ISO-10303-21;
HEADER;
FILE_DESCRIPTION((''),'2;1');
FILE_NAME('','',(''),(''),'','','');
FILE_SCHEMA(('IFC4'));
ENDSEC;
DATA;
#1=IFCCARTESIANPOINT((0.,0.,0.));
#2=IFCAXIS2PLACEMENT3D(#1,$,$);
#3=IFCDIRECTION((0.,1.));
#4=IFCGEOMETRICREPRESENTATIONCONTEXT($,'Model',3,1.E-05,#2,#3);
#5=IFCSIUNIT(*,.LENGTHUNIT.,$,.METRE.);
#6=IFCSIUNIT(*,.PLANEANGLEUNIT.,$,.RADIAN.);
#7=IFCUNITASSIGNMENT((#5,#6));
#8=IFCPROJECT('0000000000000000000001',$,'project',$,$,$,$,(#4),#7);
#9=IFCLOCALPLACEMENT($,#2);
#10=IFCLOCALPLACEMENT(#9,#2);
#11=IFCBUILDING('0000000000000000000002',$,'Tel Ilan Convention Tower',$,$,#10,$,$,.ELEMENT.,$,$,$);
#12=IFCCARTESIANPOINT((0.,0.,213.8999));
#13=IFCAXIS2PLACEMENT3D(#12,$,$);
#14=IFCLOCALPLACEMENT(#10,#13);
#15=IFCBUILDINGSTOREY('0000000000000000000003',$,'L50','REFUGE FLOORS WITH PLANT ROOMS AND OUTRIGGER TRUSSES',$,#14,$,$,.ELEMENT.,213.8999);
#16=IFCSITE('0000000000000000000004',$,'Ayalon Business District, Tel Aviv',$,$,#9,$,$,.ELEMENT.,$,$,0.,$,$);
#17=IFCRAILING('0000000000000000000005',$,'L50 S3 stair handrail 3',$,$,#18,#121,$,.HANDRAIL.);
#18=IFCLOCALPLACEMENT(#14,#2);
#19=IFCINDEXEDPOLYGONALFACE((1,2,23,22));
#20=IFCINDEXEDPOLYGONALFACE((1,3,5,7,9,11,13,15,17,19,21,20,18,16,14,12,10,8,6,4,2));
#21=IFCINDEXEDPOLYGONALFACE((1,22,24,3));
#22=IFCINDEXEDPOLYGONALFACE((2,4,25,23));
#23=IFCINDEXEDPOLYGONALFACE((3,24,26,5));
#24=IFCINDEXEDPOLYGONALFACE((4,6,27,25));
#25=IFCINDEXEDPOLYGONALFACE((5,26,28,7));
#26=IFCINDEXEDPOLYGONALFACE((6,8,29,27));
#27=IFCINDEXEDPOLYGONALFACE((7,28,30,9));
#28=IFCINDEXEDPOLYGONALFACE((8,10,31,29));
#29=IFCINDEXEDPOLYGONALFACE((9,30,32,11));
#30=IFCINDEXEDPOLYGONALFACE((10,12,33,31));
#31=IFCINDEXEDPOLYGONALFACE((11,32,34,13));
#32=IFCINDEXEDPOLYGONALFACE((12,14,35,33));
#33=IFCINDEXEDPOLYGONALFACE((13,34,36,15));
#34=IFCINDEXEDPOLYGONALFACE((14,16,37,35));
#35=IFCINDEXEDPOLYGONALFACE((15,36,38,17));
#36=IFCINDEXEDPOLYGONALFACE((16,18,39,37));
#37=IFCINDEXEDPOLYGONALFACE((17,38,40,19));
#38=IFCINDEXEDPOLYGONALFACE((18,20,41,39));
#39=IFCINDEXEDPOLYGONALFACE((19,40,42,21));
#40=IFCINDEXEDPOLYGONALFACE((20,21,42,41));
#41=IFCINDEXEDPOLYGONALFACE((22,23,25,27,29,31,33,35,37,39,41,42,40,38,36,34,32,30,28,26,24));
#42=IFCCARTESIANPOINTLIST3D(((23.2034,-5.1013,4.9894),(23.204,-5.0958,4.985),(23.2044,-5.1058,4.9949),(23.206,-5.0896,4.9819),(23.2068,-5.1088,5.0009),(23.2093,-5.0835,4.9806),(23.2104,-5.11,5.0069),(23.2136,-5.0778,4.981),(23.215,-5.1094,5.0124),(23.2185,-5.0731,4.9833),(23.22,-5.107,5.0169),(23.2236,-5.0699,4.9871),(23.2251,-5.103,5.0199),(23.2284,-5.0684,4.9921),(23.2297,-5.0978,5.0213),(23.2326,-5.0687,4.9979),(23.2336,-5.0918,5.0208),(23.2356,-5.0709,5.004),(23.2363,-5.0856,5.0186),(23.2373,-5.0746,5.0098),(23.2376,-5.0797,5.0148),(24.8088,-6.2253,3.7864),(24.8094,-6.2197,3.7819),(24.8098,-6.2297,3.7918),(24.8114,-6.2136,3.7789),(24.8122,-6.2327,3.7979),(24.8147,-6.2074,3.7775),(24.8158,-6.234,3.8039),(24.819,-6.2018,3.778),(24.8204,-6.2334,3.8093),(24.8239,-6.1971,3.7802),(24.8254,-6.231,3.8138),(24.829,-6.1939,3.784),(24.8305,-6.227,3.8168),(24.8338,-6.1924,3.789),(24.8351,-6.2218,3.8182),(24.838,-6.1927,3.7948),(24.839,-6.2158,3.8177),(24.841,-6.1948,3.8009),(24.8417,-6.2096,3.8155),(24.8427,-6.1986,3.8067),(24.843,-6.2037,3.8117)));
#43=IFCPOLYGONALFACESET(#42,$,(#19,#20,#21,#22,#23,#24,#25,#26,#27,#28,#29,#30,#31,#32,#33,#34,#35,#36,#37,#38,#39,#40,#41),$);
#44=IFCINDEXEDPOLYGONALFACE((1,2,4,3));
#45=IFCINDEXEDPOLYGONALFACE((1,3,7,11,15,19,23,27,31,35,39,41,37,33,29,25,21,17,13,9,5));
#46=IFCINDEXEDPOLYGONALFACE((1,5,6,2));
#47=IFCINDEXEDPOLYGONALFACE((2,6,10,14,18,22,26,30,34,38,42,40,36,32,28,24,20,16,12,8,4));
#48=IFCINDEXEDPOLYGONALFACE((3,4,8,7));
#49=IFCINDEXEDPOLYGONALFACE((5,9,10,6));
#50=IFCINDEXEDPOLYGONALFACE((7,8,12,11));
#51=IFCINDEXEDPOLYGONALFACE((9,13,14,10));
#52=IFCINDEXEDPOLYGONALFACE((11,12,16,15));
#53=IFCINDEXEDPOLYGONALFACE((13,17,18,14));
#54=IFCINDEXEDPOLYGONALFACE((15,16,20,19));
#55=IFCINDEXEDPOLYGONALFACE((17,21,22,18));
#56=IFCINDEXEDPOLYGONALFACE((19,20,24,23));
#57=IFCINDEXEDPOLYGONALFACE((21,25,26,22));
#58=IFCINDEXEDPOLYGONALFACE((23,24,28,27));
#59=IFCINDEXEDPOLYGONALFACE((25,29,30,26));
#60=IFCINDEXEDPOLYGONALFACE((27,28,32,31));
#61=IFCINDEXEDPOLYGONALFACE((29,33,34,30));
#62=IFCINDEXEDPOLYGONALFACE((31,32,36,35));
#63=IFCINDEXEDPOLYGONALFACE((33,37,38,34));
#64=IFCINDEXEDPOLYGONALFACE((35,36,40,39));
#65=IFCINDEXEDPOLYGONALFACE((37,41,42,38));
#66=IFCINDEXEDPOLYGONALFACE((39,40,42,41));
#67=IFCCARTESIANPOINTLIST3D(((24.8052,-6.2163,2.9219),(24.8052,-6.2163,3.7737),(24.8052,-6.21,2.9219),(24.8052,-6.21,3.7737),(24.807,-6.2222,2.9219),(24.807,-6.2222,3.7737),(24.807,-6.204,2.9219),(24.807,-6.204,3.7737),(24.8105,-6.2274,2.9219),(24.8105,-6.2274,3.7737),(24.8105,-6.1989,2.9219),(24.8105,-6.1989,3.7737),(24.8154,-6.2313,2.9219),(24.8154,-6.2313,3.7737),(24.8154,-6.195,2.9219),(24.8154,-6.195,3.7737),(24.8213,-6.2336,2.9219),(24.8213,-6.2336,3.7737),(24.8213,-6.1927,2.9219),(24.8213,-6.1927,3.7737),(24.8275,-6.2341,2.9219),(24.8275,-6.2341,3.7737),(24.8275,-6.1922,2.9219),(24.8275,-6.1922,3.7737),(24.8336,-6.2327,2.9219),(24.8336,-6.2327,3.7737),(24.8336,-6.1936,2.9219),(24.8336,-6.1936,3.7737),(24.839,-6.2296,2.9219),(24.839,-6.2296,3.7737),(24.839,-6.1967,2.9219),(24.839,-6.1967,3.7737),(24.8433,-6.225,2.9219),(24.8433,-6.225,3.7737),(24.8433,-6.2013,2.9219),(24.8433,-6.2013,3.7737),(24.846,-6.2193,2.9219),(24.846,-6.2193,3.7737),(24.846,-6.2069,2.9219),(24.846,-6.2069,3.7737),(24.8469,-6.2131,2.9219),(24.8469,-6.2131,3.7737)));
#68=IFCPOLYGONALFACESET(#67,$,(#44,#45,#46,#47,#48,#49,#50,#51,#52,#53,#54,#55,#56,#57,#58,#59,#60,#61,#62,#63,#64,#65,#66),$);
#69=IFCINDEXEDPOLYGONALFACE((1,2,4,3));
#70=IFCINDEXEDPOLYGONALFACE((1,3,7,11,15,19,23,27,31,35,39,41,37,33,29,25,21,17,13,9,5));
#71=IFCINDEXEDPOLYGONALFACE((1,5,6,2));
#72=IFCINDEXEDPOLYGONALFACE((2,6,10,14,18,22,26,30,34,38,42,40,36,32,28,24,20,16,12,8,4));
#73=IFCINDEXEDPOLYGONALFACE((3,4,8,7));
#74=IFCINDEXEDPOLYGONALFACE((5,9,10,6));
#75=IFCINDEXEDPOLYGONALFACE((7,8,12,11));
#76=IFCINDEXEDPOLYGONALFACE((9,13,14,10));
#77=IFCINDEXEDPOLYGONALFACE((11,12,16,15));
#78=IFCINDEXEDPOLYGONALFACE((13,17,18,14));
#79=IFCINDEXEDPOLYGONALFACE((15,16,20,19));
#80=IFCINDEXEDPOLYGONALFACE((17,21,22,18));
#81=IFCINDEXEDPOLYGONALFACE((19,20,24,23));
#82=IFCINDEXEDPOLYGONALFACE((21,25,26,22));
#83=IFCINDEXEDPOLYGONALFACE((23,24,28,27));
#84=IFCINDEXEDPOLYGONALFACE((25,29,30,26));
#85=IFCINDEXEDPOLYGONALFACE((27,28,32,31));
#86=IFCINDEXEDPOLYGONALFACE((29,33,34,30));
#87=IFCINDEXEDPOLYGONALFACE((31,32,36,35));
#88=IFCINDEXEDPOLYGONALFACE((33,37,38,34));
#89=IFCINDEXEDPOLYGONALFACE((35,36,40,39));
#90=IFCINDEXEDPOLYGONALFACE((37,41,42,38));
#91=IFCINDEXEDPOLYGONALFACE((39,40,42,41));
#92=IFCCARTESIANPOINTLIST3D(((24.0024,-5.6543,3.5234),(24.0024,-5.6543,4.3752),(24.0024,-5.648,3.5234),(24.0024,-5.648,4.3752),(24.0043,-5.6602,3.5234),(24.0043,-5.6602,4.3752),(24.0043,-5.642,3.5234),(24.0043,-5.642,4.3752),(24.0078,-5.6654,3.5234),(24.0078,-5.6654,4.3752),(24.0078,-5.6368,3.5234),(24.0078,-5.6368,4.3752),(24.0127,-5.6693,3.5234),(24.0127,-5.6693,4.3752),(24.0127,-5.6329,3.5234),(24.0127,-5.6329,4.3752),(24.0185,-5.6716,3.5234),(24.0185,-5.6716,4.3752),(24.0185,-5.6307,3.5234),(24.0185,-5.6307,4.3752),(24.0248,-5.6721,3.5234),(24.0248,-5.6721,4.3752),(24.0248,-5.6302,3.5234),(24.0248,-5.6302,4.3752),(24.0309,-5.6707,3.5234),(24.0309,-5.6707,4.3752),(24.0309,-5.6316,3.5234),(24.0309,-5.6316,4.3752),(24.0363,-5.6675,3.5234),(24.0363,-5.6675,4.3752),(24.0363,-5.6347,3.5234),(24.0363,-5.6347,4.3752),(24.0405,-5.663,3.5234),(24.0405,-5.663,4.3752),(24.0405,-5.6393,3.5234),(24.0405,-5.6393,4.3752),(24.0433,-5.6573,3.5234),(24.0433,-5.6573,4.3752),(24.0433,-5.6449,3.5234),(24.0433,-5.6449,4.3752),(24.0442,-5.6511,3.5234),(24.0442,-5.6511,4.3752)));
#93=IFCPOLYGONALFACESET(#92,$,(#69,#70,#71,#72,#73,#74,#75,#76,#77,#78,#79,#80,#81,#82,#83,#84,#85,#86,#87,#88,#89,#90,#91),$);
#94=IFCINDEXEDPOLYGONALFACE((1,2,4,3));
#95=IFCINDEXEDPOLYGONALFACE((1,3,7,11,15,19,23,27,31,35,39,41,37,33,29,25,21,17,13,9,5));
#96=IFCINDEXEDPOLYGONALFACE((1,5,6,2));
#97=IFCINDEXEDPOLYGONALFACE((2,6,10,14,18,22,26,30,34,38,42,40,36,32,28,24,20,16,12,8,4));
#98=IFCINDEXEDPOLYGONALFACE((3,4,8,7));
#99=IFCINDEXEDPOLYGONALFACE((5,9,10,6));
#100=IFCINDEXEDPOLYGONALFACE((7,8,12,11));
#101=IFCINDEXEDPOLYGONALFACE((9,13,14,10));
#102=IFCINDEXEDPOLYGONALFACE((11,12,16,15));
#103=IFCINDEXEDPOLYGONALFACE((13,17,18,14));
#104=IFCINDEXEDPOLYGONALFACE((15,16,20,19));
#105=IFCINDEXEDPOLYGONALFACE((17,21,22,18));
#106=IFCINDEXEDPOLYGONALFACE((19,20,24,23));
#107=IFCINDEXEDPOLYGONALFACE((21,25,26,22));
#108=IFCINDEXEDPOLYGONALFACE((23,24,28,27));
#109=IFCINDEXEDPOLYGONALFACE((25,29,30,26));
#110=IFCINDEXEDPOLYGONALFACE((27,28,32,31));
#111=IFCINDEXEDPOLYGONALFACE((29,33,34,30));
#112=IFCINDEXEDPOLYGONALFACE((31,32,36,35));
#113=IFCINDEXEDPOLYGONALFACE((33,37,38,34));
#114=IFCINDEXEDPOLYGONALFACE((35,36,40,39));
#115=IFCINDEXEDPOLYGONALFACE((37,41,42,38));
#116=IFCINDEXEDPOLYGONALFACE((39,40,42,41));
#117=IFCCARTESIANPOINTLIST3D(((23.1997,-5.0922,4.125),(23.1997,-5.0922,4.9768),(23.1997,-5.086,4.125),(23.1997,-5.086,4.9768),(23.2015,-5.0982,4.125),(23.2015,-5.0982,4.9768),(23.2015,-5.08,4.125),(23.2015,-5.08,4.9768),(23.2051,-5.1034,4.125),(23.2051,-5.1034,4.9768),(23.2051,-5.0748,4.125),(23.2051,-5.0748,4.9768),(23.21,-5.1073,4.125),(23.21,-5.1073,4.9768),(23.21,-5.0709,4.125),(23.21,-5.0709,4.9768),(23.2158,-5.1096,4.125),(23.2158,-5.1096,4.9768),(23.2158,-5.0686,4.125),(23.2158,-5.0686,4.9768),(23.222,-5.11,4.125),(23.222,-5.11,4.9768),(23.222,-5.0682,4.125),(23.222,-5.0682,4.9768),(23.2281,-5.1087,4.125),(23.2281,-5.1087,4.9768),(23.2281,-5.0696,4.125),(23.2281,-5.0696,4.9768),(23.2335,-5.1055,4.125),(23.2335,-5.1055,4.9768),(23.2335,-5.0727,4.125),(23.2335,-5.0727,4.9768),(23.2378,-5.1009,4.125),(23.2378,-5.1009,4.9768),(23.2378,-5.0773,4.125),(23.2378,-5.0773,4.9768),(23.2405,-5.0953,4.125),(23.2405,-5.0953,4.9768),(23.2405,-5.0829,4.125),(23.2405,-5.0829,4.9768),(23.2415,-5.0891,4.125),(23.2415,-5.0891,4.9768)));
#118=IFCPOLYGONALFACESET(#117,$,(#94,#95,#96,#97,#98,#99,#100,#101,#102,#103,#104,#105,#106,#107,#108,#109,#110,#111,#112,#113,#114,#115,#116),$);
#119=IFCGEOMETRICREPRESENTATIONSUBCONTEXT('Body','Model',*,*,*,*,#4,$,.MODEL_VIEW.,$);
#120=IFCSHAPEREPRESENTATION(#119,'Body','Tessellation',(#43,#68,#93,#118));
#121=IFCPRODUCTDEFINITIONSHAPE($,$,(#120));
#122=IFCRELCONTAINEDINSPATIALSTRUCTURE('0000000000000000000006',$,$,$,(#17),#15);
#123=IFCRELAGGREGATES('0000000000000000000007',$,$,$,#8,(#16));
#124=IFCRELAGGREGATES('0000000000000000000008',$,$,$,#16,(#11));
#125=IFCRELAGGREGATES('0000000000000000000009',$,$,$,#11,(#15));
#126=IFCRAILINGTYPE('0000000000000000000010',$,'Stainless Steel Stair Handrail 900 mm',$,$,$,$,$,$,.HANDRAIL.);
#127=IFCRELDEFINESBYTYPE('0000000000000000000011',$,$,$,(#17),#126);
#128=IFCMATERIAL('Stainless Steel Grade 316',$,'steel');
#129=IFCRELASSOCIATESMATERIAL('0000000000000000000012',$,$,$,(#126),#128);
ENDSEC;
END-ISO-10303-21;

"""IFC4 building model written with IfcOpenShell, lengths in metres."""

from ifc_helpers import new_model, si_unit, direction, frame, origin, origin_2d, place, context, subcontext, project, spatial, circle, extrude, material, type_object, element, save


model = new_model("IFC4")

# Units and contexts
model_context = context("Model", 3, precision=1e-05, world=origin(), true_north=direction((0.0, 1.0)))
body_context = subcontext(model_context, "Body", "Model", "MODEL_VIEW")
ifc_project = project(units=[si_unit("LENGTHUNIT", "METRE"), si_unit("PLANEANGLEUNIT", "RADIAN")], contexts=[model_context])

# Site, building, storey
site_placement = place(None, origin())
site = spatial("IfcSite", under=ifc_project, at=site_placement, Name="Ayalon Business District, Tel Aviv", CompositionType="ELEMENT", RefElevation=0.0)
building_placement = place(site_placement, origin())
building = spatial("IfcBuilding", under=site, at=building_placement, Name="Tel Ilan Convention Tower", CompositionType="ELEMENT")
storey_placement = place(building_placement, frame((0.0, 0.0, 213.8999)))
storey = spatial("IfcBuildingStorey", under=building, at=storey_placement, Name="L50", Description="REFUGE FLOORS WITH PLANT ROOMS AND OUTRIGGER TRUSSES", CompositionType="ELEMENT", Elevation=213.8999)

# Railing
ifc_material_1 = material(Name="Stainless Steel Grade 316", Category="steel")
railing_type_1 = type_object("IfcRailingType", Name="Stainless Steel Stair Handrail 900 mm", PredefinedType="HANDRAIL", material=ifc_material_1)
for number, where, name in (
    (1, (24.8259, -6.2131, 2.9219), "L50 S3 stair handrail 3"),
):
    element("IfcRailing", number, at=place(storey_placement, frame(where)), inside=storey, type_object=railing_type_1, Name=name, PredefinedType="HANDRAIL", context=body_context, shape_type="SweptSolid", body=[
        extrude(circle(Radius=0.0239, at=origin_2d()), frame((0.0, 0.0, 0.876), z_axis=(-0.698131, 0.488777, 0.523174), x_axis=(-0.573529, -0.819185, 0.0)), (0.0, 0.0, 1.0), 2.2996),
        extrude(circle(Radius=0.021, at=origin_2d()), origin(), (0.0, 0.0, 1.0), 0.8518),
        extrude(circle(Radius=0.021, at=origin_2d()), frame((-0.8027, 0.562, 0.6016)), (0.0, 0.0, 1.0), 0.8518),
        extrude(circle(Radius=0.021, at=origin_2d()), frame((-1.6055, 1.124, 1.2031)), (0.0, 0.0, 1.0), 0.8518),
    ])

save(model, "model.ifc")
